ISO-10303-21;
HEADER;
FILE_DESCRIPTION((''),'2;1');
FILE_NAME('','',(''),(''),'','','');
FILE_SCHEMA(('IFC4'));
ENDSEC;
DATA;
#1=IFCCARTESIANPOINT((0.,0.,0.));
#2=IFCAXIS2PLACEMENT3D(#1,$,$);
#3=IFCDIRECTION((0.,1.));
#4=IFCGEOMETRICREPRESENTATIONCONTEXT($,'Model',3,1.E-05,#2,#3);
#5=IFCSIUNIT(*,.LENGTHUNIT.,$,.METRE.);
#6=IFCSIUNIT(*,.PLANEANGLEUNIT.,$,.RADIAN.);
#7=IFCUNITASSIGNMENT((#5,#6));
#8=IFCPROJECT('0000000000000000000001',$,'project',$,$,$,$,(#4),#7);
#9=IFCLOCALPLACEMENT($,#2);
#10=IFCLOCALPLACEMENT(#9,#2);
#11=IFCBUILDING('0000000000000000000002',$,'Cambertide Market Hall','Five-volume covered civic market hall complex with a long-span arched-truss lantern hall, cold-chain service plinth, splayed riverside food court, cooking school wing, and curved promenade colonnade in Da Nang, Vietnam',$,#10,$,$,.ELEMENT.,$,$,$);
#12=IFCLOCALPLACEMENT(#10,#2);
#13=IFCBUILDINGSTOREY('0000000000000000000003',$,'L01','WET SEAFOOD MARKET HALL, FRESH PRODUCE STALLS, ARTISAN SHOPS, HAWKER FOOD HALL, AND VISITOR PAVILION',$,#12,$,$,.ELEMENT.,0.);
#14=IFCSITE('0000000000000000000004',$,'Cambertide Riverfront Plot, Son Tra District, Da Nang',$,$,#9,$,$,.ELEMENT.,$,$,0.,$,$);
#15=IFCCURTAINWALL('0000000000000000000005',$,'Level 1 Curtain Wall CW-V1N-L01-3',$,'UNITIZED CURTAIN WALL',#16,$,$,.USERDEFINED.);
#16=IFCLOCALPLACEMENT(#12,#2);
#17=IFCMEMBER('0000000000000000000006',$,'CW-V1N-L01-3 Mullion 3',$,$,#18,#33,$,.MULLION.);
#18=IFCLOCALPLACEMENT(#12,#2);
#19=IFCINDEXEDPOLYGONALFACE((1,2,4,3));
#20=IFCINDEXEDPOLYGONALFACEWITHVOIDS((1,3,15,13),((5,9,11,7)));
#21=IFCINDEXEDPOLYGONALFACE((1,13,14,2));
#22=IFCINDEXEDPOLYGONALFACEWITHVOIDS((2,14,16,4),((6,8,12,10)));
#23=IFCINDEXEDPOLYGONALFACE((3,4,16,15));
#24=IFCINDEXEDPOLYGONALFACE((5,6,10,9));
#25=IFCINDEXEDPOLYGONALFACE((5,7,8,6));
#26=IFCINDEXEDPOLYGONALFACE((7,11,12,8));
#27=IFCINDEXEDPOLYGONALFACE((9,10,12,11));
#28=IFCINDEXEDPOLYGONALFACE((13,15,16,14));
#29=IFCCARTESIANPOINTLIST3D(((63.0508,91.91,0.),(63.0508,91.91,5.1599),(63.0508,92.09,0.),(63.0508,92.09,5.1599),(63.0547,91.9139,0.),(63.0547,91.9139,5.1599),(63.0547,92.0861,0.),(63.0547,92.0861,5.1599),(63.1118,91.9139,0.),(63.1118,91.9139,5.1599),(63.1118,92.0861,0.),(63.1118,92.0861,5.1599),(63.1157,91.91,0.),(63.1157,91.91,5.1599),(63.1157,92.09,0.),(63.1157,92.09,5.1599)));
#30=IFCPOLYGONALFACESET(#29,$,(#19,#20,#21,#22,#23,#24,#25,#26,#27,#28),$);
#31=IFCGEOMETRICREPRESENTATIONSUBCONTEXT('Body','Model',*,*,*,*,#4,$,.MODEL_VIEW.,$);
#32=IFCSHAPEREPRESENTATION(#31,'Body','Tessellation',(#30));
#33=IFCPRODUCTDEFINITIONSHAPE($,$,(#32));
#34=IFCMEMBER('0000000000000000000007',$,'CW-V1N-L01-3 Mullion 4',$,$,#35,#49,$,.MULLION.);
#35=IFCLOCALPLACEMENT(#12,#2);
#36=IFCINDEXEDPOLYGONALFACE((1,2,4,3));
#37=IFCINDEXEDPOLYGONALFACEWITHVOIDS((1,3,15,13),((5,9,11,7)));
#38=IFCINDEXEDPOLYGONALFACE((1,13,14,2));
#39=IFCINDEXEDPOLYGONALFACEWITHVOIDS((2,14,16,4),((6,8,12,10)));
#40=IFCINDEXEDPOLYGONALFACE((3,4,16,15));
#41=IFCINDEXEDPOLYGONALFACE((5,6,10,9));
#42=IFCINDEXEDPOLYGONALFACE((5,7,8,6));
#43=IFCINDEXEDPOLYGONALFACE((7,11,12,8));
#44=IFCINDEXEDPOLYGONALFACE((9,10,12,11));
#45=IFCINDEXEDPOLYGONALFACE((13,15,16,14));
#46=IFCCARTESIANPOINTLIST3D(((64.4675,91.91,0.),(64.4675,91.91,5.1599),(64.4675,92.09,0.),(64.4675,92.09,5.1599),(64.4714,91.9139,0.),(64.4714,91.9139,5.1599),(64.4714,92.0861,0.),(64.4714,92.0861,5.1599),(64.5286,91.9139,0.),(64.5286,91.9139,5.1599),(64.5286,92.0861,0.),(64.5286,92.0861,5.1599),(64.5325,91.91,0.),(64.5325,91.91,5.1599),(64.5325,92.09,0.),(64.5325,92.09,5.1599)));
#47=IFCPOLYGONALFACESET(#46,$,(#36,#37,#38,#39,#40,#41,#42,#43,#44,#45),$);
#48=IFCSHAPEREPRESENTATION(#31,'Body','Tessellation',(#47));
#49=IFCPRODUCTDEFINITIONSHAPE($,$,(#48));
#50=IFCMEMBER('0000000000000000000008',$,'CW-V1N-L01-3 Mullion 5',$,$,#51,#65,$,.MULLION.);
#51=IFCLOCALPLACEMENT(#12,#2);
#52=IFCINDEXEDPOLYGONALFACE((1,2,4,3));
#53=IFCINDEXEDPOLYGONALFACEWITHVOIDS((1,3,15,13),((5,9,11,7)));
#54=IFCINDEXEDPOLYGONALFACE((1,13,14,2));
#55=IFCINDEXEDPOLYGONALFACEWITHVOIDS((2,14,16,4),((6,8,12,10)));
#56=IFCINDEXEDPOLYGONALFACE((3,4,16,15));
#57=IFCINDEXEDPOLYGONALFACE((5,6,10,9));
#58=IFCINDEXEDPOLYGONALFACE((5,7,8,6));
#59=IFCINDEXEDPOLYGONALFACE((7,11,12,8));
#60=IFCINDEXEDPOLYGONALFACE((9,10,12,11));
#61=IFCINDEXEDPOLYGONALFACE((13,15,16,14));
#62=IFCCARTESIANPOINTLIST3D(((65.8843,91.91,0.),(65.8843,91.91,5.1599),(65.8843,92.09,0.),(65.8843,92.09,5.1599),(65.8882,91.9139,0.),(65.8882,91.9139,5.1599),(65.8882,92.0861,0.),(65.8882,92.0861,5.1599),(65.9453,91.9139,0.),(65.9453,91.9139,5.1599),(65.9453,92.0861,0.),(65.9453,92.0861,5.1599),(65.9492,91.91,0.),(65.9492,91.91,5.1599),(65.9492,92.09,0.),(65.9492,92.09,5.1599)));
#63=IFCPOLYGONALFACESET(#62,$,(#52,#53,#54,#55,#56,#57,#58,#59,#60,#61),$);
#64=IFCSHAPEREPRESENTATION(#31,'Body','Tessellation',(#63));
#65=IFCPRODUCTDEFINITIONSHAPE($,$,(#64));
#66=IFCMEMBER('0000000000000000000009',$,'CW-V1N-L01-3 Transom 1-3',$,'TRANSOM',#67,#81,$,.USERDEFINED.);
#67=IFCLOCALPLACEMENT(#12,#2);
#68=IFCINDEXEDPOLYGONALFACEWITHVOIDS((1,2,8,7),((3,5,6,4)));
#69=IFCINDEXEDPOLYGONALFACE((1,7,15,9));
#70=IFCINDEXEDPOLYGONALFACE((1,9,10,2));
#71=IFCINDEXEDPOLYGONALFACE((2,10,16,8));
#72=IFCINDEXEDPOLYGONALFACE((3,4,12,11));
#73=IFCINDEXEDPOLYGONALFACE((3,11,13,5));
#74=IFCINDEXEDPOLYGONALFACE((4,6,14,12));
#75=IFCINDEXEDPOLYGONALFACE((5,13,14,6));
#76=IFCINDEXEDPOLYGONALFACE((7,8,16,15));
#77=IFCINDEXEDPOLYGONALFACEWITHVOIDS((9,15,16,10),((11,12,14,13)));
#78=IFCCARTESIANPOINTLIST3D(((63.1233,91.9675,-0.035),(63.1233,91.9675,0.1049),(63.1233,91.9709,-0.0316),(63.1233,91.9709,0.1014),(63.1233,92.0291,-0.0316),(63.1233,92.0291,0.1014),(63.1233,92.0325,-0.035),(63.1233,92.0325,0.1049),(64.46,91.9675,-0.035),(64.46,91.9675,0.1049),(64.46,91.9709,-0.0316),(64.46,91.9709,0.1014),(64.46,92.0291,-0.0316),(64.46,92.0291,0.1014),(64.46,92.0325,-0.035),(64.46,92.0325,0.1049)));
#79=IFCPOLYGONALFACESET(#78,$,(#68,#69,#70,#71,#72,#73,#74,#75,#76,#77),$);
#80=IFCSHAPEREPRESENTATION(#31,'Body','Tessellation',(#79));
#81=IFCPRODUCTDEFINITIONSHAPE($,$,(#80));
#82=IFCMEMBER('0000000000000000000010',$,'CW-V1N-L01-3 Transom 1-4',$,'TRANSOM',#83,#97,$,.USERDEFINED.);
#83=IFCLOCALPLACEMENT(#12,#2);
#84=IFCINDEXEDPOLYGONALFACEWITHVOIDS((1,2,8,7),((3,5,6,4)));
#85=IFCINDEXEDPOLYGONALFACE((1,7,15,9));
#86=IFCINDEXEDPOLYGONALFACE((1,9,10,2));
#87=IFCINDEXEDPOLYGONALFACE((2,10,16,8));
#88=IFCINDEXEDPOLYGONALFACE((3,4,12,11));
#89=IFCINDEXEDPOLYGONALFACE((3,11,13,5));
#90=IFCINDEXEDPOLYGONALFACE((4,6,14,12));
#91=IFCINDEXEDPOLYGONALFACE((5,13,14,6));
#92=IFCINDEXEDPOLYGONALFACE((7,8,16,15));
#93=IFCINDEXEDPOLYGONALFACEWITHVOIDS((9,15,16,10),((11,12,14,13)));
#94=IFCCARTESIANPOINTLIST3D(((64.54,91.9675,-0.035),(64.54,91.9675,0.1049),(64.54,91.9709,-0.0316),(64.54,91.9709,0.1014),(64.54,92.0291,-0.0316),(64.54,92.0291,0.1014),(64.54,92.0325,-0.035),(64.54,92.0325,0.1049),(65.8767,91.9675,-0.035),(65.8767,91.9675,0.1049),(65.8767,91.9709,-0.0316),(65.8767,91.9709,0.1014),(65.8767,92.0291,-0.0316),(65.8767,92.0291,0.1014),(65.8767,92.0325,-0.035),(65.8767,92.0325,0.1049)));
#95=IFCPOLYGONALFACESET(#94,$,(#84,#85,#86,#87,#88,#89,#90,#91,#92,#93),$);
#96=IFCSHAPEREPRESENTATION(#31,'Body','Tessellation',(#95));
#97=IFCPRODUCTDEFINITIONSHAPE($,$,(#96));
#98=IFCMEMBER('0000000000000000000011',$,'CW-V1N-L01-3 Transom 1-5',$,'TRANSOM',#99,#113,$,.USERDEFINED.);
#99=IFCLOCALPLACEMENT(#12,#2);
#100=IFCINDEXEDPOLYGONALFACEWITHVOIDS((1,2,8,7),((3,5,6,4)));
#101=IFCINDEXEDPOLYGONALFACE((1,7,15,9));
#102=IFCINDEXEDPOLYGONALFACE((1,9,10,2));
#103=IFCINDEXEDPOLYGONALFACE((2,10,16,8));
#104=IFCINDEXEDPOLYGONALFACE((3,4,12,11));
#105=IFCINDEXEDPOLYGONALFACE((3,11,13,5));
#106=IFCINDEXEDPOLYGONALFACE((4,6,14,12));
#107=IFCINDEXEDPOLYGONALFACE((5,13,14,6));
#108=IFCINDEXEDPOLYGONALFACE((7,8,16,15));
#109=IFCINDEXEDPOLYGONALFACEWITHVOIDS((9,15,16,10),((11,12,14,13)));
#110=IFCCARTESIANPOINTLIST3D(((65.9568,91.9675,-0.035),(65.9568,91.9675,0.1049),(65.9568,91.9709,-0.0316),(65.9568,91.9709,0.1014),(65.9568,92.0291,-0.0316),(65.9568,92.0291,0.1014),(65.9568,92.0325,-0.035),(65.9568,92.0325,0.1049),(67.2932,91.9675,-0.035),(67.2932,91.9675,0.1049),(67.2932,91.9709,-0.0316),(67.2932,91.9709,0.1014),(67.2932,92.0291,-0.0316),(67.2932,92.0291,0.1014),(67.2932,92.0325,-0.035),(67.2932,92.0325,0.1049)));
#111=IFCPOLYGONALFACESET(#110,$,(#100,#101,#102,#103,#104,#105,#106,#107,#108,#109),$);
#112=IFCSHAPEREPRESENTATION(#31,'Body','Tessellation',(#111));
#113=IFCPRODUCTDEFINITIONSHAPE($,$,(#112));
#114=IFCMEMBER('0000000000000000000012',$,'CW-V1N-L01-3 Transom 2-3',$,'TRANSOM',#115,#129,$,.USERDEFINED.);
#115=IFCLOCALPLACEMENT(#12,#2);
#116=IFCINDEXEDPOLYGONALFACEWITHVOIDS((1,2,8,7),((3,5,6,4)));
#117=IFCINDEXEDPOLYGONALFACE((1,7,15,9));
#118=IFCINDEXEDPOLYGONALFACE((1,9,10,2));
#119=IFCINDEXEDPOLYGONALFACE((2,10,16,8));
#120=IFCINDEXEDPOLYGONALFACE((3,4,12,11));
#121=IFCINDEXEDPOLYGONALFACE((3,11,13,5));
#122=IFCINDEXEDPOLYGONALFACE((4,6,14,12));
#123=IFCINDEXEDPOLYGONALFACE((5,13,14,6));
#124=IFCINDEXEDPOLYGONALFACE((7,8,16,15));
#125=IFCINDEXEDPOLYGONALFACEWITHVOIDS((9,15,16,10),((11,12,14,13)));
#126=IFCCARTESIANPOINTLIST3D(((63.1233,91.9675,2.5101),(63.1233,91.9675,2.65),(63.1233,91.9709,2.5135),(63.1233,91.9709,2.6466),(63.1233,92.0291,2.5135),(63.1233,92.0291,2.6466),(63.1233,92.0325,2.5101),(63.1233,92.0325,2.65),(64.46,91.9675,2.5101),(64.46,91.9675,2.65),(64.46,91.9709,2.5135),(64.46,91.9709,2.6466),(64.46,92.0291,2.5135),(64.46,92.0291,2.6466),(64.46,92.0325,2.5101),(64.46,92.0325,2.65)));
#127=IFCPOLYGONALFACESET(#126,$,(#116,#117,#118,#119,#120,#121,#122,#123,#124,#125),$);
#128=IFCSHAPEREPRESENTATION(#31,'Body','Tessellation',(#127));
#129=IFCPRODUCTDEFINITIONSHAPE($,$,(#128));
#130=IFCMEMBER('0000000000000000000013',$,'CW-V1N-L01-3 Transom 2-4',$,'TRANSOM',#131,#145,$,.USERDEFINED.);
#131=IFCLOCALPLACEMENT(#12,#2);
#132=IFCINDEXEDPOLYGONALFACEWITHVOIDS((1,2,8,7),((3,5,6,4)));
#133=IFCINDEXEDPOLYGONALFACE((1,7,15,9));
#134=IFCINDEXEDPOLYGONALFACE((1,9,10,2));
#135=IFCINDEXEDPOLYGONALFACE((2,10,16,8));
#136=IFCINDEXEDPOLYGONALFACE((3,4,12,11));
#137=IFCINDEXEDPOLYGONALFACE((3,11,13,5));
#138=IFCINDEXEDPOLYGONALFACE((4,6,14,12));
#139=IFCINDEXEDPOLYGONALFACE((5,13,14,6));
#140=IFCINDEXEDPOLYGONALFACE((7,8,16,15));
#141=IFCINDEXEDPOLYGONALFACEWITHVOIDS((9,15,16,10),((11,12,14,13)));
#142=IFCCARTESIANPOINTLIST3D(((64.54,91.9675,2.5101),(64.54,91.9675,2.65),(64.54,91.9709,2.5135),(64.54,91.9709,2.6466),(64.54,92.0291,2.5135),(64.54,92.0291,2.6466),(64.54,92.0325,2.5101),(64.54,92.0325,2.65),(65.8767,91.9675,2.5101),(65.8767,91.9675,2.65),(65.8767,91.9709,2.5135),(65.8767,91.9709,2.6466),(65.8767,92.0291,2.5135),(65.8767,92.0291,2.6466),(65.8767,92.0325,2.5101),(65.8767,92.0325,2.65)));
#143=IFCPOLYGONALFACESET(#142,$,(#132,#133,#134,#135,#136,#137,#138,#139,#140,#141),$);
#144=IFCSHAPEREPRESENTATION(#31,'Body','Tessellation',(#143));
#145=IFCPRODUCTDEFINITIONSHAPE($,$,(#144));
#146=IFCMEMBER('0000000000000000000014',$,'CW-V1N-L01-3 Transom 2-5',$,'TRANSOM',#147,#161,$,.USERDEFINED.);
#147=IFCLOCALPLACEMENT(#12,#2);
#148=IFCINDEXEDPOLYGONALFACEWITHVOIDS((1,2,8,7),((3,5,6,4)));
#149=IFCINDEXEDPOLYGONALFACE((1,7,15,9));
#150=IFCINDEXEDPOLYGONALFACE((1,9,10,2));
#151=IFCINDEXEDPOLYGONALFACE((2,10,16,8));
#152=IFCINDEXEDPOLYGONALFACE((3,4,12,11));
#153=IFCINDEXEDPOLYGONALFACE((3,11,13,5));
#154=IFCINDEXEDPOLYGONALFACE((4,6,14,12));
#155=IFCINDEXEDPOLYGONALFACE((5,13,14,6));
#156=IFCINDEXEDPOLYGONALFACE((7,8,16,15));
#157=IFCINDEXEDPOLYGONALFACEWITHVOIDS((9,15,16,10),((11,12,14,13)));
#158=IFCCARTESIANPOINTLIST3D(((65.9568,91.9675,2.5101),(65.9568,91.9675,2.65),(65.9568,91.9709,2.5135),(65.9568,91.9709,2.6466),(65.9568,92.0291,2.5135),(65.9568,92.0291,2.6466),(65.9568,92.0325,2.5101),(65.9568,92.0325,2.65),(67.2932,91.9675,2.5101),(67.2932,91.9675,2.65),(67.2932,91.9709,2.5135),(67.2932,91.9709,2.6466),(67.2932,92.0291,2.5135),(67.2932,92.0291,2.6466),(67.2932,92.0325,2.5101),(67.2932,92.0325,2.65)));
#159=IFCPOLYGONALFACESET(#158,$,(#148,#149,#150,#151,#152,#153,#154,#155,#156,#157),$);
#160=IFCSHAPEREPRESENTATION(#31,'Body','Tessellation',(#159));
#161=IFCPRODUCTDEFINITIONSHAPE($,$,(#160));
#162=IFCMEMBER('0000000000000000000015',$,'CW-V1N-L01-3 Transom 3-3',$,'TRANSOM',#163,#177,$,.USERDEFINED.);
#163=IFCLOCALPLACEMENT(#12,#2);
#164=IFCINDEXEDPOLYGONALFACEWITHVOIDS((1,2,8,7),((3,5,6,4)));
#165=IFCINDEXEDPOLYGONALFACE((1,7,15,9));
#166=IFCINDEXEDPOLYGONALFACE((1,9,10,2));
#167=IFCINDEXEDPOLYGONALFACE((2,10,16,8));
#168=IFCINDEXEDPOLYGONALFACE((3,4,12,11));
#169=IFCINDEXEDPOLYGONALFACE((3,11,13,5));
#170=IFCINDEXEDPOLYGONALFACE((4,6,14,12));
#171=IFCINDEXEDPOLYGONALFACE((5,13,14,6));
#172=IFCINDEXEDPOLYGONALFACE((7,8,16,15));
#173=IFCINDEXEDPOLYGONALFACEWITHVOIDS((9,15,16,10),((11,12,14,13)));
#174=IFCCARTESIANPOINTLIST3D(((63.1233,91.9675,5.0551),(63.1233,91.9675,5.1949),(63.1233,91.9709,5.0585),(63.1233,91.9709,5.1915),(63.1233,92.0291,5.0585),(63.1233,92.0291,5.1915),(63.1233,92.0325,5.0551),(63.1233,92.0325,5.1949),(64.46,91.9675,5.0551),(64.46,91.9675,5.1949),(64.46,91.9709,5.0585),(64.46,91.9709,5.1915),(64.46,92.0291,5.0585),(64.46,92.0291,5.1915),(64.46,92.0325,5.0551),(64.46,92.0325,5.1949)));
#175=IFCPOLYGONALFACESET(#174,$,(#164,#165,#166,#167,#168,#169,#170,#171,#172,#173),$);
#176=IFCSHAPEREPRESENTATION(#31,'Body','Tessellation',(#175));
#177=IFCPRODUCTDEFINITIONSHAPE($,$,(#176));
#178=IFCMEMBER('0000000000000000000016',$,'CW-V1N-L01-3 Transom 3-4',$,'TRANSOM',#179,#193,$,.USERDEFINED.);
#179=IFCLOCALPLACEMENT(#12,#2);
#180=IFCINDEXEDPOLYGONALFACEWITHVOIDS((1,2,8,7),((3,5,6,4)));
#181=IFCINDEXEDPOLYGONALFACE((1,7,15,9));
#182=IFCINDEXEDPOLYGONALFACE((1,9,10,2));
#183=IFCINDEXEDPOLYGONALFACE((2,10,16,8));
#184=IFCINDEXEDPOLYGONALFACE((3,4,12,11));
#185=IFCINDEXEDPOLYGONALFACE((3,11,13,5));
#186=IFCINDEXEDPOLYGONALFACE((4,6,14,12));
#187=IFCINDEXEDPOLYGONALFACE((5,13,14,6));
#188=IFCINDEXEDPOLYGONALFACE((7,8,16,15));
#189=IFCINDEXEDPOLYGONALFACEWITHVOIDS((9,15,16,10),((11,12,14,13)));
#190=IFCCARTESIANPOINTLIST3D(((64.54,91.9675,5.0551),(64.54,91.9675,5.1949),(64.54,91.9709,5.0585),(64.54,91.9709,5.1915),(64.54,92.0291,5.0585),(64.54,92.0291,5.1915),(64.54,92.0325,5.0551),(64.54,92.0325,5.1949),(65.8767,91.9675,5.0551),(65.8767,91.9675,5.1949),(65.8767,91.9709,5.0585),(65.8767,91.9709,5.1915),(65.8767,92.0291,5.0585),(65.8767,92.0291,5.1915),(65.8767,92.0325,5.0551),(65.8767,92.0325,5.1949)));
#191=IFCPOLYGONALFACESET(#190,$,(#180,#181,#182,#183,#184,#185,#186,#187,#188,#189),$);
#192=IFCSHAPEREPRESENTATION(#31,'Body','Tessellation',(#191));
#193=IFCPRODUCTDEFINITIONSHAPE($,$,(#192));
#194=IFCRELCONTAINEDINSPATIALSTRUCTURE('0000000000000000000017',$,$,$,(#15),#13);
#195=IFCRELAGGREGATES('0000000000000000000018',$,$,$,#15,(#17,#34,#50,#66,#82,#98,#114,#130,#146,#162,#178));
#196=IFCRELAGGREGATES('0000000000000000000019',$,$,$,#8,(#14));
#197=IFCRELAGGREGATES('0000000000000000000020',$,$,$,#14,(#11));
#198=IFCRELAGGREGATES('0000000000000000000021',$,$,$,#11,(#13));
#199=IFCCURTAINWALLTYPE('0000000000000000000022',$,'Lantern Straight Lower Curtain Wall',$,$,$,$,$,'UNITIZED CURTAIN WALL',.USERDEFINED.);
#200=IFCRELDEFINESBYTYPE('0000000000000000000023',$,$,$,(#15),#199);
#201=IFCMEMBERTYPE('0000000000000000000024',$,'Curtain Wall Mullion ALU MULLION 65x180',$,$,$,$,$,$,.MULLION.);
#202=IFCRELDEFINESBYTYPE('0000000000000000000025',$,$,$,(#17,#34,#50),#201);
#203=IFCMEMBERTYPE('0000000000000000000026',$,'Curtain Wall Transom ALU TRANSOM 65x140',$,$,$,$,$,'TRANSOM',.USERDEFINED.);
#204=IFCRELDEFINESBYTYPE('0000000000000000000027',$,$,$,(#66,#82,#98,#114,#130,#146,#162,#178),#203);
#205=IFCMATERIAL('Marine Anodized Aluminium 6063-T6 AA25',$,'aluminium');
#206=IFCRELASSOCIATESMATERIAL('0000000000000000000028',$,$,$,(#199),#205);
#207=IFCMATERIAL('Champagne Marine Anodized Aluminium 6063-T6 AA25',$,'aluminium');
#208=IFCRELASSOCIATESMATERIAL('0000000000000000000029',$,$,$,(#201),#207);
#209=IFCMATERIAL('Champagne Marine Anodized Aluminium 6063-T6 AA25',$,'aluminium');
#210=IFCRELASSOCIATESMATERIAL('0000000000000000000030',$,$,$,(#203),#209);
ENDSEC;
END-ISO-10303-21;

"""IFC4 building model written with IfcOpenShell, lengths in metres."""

from ifc_helpers import new_model, si_unit, direction, frame, origin, origin_2d, place, context, subcontext, project, spatial, hollow_rectangle, extrude, material, material_profile, profile_set, type_object, element, aggregate, save


model = new_model("IFC4")

# Units and contexts
model_context = context("Model", 3, precision=1e-05, world=origin(), true_north=direction((0.0, 1.0)))
body_context = subcontext(model_context, "Body", "Model", "MODEL_VIEW")
ifc_project = project(units=[si_unit("LENGTHUNIT", "METRE"), si_unit("PLANEANGLEUNIT", "RADIAN")], contexts=[model_context])

# Site, building, storey
site_placement = place(None, origin())
site = spatial("IfcSite", under=ifc_project, at=site_placement, Name="Cambertide Riverfront Plot, Son Tra District, Da Nang", CompositionType="ELEMENT", RefElevation=0.0)
building_placement = place(site_placement, origin())
building = spatial("IfcBuilding", under=site, at=building_placement, Name="Cambertide Market Hall", Description="Five-volume covered civic market hall complex with a long-span arched-truss lantern hall, cold-chain service plinth, splayed riverside food court, cooking school wing, and curved promenade colonnade in Da Nang, Vietnam", CompositionType="ELEMENT")
storey_placement = place(building_placement, origin())
storey = spatial("IfcBuildingStorey", under=building, at=storey_placement, Name="L01", Description="WET SEAFOOD MARKET HALL, FRESH PRODUCE STALLS, ARTISAN SHOPS, HAWKER FOOD HALL, AND VISITOR PAVILION", CompositionType="ELEMENT", Elevation=0.0)

# Curtain wall, members
ifc_material_1 = material(Name="Marine Anodized Aluminium 6063-T6 AA25", Category="aluminium")
curtain_wall_type = type_object("IfcCurtainWallType", Name="Lantern Straight Lower Curtain Wall", ElementType="UNITIZED CURTAIN WALL", PredefinedType="USERDEFINED", material=ifc_material_1)
curtain_wall_placement = place(storey_placement, origin())
curtain_wall = element("IfcCurtainWall", 1, at=curtain_wall_placement, inside=storey, type_object=curtain_wall_type, Name="Level 1 Curtain Wall CW-V1N-L01-3", ObjectType="UNITIZED CURTAIN WALL", PredefinedType="USERDEFINED")
ifc_material_2 = material(Name="Champagne Marine Anodized Aluminium 6063-T6 AA25", Category="aluminium")
ifc_material_profile_1 = material_profile(ifc_material_2, hollow_rectangle(XDim=0.0649, YDim=0.1799, WallThickness=0.0039, at=origin_2d()), Name="ALU MULLION 65x180")
ifc_profile_set_1 = profile_set([ifc_material_profile_1], Name="Champagne Marine Anodized Aluminium 6063-T6 AA25")
member_type_1 = type_object("IfcMemberType", Name="Curtain Wall Mullion ALU MULLION 65x180", PredefinedType="MULLION", material=ifc_profile_set_1)
member_1_placement = place(storey_placement, frame((63.0833, 92.0, 0.0), z_axis=(0.0, 0.0, 1.0), x_axis=(1.0, 0.0, 0.0)))
member_1 = element("IfcMember", 2, at=member_1_placement, type_object=member_type_1, Name="CW-V1N-L01-3 Mullion 3", PredefinedType="MULLION", context=body_context, shape_type="SweptSolid", body=[
    extrude(hollow_rectangle(XDim=0.0649, YDim=0.1799, WallThickness=0.0039, at=origin_2d()), origin(), (0.0, 0.0, 1.0), 5.1599),
])
member_2_placement = place(storey_placement, frame((64.5, 92.0, 0.0), z_axis=(0.0, 0.0, 1.0), x_axis=(1.0, 0.0, 0.0)))
member_2 = element("IfcMember", 3, at=member_2_placement, type_object=member_type_1, Name="CW-V1N-L01-3 Mullion 4", PredefinedType="MULLION", context=body_context, shape_type="SweptSolid", body=[
    extrude(hollow_rectangle(XDim=0.0649, YDim=0.1799, WallThickness=0.0039, at=origin_2d()), origin(), (0.0, 0.0, 1.0), 5.1599),
])
member_3_placement = place(storey_placement, frame((65.9167, 92.0, 0.0), z_axis=(0.0, 0.0, 1.0), x_axis=(1.0, 0.0, 0.0)))
member_3 = element("IfcMember", 4, at=member_3_placement, type_object=member_type_1, Name="CW-V1N-L01-3 Mullion 5", PredefinedType="MULLION", context=body_context, shape_type="SweptSolid", body=[
    extrude(hollow_rectangle(XDim=0.0649, YDim=0.1799, WallThickness=0.0039, at=origin_2d()), origin(), (0.0, 0.0, 1.0), 5.1599),
])
ifc_material_3 = material(Name="Champagne Marine Anodized Aluminium 6063-T6 AA25", Category="aluminium")
ifc_material_profile_2 = material_profile(ifc_material_3, hollow_rectangle(XDim=0.0649, YDim=0.1399, WallThickness=0.0034, at=origin_2d()), Name="ALU TRANSOM 65x140")
ifc_profile_set_2 = profile_set([ifc_material_profile_2], Name="Champagne Marine Anodized Aluminium 6063-T6 AA25")
member_type_2 = type_object("IfcMemberType", Name="Curtain Wall Transom ALU TRANSOM 65x140", ElementType="TRANSOM", PredefinedType="USERDEFINED", material=ifc_profile_set_2)
member_4_placement = place(storey_placement, frame((63.1233, 92.0, 0.0349), z_axis=(1.0, 0.0, 0.0), x_axis=(0.0, 1.0, 0.0)))
member_4 = element("IfcMember", 5, at=member_4_placement, type_object=member_type_2, Name="CW-V1N-L01-3 Transom 1-3", ObjectType="TRANSOM", PredefinedType="USERDEFINED", context=body_context, shape_type="SweptSolid", body=[
    extrude(hollow_rectangle(XDim=0.0649, YDim=0.1399, WallThickness=0.0034, at=origin_2d()), origin(), (0.0, 0.0, 1.0), 1.3367),
])
member_5_placement = place(storey_placement, frame((64.54, 92.0, 0.0349), z_axis=(1.0, 0.0, 0.0), x_axis=(0.0, 1.0, 0.0)))
member_5 = element("IfcMember", 6, at=member_5_placement, type_object=member_type_2, Name="CW-V1N-L01-3 Transom 1-4", ObjectType="TRANSOM", PredefinedType="USERDEFINED", context=body_context, shape_type="SweptSolid", body=[
    extrude(hollow_rectangle(XDim=0.0649, YDim=0.1399, WallThickness=0.0034, at=origin_2d()), origin(), (0.0, 0.0, 1.0), 1.3367),
])
member_6_placement = place(storey_placement, frame((65.9568, 92.0, 0.0349), z_axis=(1.0, 0.0, 0.0), x_axis=(0.0, 1.0, 0.0)))
member_6 = element("IfcMember", 7, at=member_6_placement, type_object=member_type_2, Name="CW-V1N-L01-3 Transom 1-5", ObjectType="TRANSOM", PredefinedType="USERDEFINED", context=body_context, shape_type="SweptSolid", body=[
    extrude(hollow_rectangle(XDim=0.0649, YDim=0.1399, WallThickness=0.0034, at=origin_2d()), origin(), (0.0, 0.0, 1.0), 1.3364),
])
member_7_placement = place(storey_placement, frame((63.1233, 92.0, 2.5801), z_axis=(1.0, 0.0, 0.0), x_axis=(0.0, 1.0, 0.0)))
member_7 = element("IfcMember", 8, at=member_7_placement, type_object=member_type_2, Name="CW-V1N-L01-3 Transom 2-3", ObjectType="TRANSOM", PredefinedType="USERDEFINED", context=body_context, shape_type="SweptSolid", body=[
    extrude(hollow_rectangle(XDim=0.0649, YDim=0.1399, WallThickness=0.0034, at=origin_2d()), origin(), (0.0, 0.0, 1.0), 1.3367),
])
member_8_placement = place(storey_placement, frame((64.54, 92.0, 2.5801), z_axis=(1.0, 0.0, 0.0), x_axis=(0.0, 1.0, 0.0)))
member_8 = element("IfcMember", 9, at=member_8_placement, type_object=member_type_2, Name="CW-V1N-L01-3 Transom 2-4", ObjectType="TRANSOM", PredefinedType="USERDEFINED", context=body_context, shape_type="SweptSolid", body=[
    extrude(hollow_rectangle(XDim=0.0649, YDim=0.1399, WallThickness=0.0034, at=origin_2d()), origin(), (0.0, 0.0, 1.0), 1.3367),
])
member_9_placement = place(storey_placement, frame((65.9568, 92.0, 2.5801), z_axis=(1.0, 0.0, 0.0), x_axis=(0.0, 1.0, 0.0)))
member_9 = element("IfcMember", 10, at=member_9_placement, type_object=member_type_2, Name="CW-V1N-L01-3 Transom 2-5", ObjectType="TRANSOM", PredefinedType="USERDEFINED", context=body_context, shape_type="SweptSolid", body=[
    extrude(hollow_rectangle(XDim=0.0649, YDim=0.1399, WallThickness=0.0034, at=origin_2d()), origin(), (0.0, 0.0, 1.0), 1.3364),
])
member_10_placement = place(storey_placement, frame((63.1233, 92.0, 5.125), z_axis=(1.0, 0.0, 0.0), x_axis=(0.0, 1.0, 0.0)))
member_10 = element("IfcMember", 11, at=member_10_placement, type_object=member_type_2, Name="CW-V1N-L01-3 Transom 3-3", ObjectType="TRANSOM", PredefinedType="USERDEFINED", context=body_context, shape_type="SweptSolid", body=[
    extrude(hollow_rectangle(XDim=0.0649, YDim=0.1399, WallThickness=0.0034, at=origin_2d()), origin(), (0.0, 0.0, 1.0), 1.3367),
])
member_11_placement = place(storey_placement, frame((64.54, 92.0, 5.125), z_axis=(1.0, 0.0, 0.0), x_axis=(0.0, 1.0, 0.0)))
member_11 = element("IfcMember", 12, at=member_11_placement, type_object=member_type_2, Name="CW-V1N-L01-3 Transom 3-4", ObjectType="TRANSOM", PredefinedType="USERDEFINED", context=body_context, shape_type="SweptSolid", body=[
    extrude(hollow_rectangle(XDim=0.0649, YDim=0.1399, WallThickness=0.0034, at=origin_2d()), origin(), (0.0, 0.0, 1.0), 1.3367),
])

aggregate(curtain_wall, [member_1, member_2, member_3, member_4, member_5, member_6, member_7, member_8, member_9, member_10, member_11])

save(model, "model.ifc")
